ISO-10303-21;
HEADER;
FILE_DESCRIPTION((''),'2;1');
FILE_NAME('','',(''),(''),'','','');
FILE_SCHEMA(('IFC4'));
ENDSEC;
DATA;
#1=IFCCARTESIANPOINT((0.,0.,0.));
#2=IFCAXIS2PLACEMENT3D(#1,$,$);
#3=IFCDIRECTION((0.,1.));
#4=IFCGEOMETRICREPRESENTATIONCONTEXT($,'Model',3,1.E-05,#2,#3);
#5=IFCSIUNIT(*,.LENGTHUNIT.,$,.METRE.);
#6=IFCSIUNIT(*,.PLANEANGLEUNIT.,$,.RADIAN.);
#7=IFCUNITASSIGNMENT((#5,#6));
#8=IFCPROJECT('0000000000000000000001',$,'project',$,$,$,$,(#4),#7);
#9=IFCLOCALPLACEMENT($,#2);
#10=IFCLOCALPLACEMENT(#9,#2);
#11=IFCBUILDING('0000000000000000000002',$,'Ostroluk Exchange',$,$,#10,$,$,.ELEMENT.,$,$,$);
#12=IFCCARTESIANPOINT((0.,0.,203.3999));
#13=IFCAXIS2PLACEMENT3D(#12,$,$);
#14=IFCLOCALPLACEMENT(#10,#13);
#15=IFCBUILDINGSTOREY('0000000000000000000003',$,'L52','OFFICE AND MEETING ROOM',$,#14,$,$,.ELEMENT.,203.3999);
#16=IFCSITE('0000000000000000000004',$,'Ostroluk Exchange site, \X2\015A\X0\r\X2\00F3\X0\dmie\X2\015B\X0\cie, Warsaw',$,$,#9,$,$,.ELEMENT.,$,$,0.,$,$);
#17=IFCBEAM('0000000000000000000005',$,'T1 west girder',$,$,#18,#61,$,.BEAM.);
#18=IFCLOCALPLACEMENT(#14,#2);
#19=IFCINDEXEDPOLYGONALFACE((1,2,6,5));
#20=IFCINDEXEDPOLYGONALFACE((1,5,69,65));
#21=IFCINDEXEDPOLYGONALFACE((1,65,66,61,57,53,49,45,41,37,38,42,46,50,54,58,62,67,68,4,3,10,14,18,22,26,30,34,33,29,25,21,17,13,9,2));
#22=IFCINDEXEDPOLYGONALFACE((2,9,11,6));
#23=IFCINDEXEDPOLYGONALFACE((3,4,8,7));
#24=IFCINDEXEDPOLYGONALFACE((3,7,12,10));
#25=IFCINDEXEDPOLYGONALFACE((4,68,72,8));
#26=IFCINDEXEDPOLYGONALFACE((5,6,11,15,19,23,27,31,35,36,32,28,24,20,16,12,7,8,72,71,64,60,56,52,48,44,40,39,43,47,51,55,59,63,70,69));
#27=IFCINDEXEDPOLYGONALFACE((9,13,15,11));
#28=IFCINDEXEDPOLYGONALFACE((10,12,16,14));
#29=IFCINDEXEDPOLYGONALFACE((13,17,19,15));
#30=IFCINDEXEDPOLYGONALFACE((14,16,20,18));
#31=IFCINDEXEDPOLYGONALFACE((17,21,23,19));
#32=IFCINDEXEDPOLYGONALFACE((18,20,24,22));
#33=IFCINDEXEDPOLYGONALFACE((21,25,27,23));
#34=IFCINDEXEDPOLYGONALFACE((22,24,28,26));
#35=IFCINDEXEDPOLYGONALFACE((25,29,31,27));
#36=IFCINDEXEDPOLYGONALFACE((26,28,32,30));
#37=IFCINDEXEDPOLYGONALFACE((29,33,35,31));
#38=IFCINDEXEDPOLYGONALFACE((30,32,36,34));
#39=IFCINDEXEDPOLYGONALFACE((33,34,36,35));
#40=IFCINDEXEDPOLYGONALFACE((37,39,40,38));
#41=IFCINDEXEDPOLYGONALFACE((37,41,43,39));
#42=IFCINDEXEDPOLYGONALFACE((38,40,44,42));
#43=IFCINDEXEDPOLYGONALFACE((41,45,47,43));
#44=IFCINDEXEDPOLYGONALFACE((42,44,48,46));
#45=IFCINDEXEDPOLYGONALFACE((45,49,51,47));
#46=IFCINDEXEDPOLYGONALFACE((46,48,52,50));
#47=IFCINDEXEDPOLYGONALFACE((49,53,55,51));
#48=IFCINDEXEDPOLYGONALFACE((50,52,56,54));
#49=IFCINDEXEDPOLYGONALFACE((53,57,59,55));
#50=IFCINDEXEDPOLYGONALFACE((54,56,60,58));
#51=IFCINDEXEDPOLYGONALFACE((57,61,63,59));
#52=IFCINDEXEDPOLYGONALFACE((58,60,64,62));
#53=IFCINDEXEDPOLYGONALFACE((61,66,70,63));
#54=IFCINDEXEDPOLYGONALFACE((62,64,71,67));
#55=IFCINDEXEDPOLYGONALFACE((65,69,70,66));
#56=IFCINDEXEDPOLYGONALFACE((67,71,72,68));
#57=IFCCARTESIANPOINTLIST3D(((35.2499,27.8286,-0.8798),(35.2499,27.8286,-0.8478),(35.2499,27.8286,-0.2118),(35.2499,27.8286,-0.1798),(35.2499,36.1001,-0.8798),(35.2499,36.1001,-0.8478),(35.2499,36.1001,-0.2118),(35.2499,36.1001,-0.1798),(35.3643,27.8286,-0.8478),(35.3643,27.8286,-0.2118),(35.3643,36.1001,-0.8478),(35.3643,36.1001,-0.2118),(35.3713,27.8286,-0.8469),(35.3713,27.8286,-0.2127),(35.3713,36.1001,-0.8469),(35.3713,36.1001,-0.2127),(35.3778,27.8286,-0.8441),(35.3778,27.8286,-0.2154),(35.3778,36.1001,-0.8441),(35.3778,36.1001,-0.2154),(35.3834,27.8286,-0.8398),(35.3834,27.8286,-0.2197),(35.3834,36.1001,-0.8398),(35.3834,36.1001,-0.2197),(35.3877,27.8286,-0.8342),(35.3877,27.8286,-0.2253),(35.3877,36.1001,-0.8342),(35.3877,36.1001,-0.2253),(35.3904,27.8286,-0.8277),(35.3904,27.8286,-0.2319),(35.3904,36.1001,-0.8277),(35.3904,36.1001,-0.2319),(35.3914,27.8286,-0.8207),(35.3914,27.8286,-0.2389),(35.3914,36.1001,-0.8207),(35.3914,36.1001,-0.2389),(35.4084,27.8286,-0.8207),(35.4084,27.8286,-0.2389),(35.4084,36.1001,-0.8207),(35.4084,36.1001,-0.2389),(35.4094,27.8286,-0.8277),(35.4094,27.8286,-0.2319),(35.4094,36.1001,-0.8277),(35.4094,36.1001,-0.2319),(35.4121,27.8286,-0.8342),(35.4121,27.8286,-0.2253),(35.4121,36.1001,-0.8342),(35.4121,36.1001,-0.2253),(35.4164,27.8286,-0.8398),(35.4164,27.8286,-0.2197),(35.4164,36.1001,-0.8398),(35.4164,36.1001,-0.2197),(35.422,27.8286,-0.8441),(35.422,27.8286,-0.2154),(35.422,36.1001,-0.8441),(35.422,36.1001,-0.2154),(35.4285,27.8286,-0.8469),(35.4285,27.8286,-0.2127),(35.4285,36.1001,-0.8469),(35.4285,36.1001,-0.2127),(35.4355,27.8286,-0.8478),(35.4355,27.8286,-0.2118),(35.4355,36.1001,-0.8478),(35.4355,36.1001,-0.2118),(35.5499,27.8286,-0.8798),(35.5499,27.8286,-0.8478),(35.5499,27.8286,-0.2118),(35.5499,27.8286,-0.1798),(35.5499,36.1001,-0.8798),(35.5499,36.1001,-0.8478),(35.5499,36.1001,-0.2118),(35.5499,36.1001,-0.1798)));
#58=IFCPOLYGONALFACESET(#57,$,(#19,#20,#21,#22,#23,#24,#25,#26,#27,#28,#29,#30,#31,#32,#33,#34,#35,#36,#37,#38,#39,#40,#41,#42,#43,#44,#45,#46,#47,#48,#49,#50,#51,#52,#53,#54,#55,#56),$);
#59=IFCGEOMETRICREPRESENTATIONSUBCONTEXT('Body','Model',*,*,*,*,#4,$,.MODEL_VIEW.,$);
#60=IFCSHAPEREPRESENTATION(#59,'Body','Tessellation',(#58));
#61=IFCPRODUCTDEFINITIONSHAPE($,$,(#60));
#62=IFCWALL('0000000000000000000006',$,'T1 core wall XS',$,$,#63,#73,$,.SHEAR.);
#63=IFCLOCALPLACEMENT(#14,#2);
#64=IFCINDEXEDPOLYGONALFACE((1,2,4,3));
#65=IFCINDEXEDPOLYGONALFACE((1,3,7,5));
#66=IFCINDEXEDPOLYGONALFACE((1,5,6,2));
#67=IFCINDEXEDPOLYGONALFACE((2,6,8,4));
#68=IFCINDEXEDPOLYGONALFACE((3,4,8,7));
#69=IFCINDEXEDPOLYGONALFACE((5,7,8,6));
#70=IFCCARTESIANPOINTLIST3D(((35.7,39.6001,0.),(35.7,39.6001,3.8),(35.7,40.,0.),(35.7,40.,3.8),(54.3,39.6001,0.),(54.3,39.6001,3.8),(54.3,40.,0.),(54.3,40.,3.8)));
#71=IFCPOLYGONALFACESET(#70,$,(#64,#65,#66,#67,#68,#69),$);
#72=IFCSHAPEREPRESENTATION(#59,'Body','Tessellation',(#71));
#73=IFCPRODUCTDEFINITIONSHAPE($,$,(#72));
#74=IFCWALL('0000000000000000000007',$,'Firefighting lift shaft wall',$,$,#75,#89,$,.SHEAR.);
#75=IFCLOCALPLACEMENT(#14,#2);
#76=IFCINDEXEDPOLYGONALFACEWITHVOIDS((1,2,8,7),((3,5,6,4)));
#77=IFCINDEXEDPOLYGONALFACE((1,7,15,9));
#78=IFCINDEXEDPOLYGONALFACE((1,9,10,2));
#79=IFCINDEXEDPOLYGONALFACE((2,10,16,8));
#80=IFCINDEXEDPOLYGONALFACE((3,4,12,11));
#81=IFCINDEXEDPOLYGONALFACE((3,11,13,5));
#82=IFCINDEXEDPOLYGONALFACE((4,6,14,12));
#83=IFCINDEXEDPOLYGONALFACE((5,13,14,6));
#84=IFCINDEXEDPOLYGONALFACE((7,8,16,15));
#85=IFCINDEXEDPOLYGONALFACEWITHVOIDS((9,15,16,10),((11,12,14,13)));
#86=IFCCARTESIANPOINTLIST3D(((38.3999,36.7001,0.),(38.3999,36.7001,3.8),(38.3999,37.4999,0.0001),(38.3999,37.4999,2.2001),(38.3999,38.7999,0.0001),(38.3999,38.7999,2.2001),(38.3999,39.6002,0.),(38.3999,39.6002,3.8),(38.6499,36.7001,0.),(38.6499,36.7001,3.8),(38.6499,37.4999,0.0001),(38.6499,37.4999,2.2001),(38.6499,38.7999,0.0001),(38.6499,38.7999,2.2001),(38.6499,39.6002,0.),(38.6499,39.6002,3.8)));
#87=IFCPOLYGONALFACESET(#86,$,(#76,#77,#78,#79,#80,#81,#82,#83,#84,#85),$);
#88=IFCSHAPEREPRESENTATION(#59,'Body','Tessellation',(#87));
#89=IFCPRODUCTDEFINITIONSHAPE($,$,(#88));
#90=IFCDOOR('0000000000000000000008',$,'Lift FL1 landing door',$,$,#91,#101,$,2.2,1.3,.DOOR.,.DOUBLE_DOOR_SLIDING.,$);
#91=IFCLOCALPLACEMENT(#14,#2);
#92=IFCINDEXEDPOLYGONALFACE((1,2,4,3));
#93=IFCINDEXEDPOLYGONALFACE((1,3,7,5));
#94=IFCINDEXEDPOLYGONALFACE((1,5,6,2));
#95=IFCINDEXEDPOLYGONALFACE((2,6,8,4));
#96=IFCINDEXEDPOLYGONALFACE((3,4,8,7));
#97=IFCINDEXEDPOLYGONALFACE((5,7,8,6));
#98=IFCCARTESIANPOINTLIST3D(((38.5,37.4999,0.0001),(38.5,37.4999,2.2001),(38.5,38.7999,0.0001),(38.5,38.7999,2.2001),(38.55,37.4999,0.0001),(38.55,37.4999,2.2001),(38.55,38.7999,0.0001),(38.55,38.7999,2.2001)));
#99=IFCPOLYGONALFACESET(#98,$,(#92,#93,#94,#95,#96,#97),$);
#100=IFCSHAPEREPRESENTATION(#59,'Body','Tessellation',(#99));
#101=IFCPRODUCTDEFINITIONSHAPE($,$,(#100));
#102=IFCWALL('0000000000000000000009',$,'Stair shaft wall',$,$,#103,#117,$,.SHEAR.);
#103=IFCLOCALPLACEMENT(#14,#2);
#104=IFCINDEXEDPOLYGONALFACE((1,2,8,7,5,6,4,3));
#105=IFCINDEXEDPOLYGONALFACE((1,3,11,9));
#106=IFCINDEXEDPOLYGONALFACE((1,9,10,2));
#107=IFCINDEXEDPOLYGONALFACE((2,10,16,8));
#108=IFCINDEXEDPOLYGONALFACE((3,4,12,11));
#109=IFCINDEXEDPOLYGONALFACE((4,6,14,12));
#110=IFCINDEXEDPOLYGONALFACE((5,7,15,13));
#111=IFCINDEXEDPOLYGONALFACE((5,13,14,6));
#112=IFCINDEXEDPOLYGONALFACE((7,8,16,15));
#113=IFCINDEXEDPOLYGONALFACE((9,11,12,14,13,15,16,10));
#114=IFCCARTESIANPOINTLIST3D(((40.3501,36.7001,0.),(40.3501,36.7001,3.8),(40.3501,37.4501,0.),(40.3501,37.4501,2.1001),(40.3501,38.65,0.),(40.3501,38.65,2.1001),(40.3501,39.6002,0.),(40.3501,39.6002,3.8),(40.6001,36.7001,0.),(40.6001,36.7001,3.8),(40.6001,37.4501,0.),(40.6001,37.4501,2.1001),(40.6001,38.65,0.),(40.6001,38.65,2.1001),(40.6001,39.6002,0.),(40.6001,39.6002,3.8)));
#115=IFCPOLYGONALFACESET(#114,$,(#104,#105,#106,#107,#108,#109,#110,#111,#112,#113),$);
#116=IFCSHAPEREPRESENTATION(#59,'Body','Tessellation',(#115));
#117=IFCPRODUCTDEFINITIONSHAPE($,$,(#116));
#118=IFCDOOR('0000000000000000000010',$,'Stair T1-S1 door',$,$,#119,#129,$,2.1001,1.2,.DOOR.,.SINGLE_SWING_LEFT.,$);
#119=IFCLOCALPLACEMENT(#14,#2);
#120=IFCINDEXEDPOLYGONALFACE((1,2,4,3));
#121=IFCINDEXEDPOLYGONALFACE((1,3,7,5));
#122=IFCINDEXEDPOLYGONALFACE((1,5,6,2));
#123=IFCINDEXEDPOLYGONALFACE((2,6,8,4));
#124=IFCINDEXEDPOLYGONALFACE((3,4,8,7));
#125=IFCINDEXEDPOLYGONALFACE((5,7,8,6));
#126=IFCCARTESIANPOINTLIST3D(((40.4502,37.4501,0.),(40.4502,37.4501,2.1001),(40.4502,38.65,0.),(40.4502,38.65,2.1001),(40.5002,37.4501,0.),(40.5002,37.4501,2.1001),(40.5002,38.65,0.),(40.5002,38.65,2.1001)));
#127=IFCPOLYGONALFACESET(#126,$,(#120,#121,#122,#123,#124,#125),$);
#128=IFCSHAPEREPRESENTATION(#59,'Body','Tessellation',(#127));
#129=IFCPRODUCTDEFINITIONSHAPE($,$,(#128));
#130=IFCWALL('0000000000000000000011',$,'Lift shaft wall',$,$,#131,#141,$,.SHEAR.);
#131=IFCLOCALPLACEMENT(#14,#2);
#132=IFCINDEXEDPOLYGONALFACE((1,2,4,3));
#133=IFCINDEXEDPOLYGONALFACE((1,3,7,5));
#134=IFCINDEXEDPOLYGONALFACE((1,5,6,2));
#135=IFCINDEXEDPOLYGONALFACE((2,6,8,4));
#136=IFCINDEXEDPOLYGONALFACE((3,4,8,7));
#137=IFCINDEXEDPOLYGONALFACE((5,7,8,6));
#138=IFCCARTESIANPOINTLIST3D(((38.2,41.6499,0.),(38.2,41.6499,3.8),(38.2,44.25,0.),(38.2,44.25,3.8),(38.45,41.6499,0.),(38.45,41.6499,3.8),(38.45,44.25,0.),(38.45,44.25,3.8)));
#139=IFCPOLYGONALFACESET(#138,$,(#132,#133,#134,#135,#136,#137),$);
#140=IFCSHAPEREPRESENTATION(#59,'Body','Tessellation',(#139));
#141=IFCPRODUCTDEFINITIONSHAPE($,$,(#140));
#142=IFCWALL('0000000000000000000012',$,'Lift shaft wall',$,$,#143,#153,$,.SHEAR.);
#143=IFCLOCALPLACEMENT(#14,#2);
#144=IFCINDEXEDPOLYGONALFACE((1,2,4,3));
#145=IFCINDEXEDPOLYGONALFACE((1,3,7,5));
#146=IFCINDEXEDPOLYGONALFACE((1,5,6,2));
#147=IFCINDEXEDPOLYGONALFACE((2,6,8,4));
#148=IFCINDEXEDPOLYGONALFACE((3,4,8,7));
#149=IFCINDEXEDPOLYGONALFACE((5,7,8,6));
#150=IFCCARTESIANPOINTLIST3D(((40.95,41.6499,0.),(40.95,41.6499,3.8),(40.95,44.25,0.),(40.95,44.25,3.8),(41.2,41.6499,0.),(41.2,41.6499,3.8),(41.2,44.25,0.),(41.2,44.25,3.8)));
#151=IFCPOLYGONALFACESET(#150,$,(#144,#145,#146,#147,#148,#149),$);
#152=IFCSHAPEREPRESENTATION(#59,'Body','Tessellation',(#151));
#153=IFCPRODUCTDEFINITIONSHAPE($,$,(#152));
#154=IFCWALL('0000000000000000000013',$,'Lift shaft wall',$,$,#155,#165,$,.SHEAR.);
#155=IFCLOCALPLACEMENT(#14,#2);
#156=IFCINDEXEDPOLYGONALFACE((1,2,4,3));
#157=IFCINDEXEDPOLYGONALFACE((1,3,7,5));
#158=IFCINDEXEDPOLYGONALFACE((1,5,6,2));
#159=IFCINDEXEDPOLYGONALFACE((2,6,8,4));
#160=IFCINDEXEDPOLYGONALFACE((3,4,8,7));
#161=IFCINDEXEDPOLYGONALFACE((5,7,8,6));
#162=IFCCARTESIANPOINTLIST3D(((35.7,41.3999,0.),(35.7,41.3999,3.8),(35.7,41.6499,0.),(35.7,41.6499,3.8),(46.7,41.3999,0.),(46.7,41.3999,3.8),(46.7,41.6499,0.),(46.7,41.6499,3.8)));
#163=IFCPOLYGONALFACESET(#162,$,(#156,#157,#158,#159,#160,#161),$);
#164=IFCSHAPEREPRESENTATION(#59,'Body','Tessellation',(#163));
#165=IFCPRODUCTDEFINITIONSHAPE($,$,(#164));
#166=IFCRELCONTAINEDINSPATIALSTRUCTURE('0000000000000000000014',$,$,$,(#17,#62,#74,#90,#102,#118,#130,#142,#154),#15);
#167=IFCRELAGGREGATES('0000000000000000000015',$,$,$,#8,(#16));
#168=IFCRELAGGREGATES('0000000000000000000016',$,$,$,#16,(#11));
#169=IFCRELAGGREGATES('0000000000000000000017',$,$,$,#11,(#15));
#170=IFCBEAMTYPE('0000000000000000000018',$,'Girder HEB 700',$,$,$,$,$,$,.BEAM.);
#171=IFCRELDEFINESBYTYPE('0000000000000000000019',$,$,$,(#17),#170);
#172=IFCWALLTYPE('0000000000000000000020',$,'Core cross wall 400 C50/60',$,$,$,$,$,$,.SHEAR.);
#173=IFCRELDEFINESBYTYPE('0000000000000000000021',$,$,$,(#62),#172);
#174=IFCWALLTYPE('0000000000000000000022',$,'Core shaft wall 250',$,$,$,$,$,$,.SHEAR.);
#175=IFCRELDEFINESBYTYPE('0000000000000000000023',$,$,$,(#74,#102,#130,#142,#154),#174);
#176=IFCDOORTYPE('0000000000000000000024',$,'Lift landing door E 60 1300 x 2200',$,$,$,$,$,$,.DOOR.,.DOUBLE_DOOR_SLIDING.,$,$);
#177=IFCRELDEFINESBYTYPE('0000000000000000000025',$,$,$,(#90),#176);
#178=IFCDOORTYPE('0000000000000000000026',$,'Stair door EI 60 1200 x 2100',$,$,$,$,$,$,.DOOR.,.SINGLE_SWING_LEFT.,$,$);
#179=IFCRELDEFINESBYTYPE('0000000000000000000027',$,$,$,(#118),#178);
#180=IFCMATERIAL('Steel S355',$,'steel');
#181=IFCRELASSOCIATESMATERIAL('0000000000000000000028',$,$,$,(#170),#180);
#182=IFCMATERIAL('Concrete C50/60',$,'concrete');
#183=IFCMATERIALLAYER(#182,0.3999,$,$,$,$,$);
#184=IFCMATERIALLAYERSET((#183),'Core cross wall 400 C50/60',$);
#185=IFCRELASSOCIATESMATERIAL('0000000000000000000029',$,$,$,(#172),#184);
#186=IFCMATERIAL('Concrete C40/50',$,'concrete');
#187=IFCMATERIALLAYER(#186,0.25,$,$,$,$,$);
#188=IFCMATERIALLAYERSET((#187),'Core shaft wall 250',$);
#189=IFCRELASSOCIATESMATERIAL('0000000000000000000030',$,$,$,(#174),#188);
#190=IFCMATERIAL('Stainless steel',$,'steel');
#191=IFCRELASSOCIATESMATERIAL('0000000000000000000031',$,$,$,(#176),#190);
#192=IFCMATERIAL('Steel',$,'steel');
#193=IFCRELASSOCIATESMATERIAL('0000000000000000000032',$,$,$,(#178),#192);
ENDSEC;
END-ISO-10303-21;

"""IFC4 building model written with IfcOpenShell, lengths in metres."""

from ifc_helpers import new_model, si_unit, direction, frame, frame_2d, origin, origin_2d, place, context, subcontext, project, spatial, rectangle, i_section, extrude, material, layer, layer_set, material_profile, profile_set, type_object, element, fill, save


model = new_model("IFC4")

# Units and contexts
model_context = context("Model", 3, precision=1e-05, world=origin(), true_north=direction((0.0, 1.0)))
body_context = subcontext(model_context, "Body", "Model", "MODEL_VIEW")
ifc_project = project(units=[si_unit("LENGTHUNIT", "METRE"), si_unit("PLANEANGLEUNIT", "RADIAN")], contexts=[model_context])

# Site, building, storey
site_placement = place(None, origin())
site = spatial("IfcSite", under=ifc_project, at=site_placement, Name="Ostroluk Exchange site, Śródmieście, Warsaw", CompositionType="ELEMENT", RefElevation=0.0)
building_placement = place(site_placement, origin())
building = spatial("IfcBuilding", under=site, at=building_placement, Name="Ostroluk Exchange", CompositionType="ELEMENT")
storey_placement = place(building_placement, frame((0.0, 0.0, 203.3999)))
storey = spatial("IfcBuildingStorey", under=building, at=storey_placement, Name="L52", Description="OFFICE AND MEETING ROOM", CompositionType="ELEMENT", Elevation=203.3999)

# Beam
ifc_material_1 = material(Name="Steel S355", Category="steel")
ifc_material_profile_1 = material_profile(ifc_material_1, i_section(OverallWidth=0.3, OverallDepth=0.7, WebThickness=0.0171, FlangeThickness=0.032, FilletRadius=0.0271, at=origin_2d()), Name="HEB 700")
ifc_profile_set_1 = profile_set([ifc_material_profile_1], Name="Steel S355")
beam_type_1 = type_object("IfcBeamType", Name="Girder HEB 700", PredefinedType="BEAM", material=ifc_profile_set_1)
beam_1_placement = place(storey_placement, frame((35.3999, 36.1001, -0.5298), z_axis=(0.0, -1.0, 0.0), x_axis=(1.0, 0.0, 0.0)))
element("IfcBeam", 1, at=beam_1_placement, inside=storey, type_object=beam_type_1, Name="T1 west girder", PredefinedType="BEAM", context=body_context, shape_type="SweptSolid", body=[
    extrude(i_section(OverallWidth=0.3, OverallDepth=0.7, WebThickness=0.0171, FlangeThickness=0.032, FilletRadius=0.0271, at=origin_2d()), origin(), (0.0, 0.0, 1.0), 8.2715),
])

# Wall
ifc_material_2 = material(Name="Concrete C50/60", Category="concrete")
ifc_layer_1 = layer(ifc_material_2, 0.3999)
ifc_layer_set_1 = layer_set([ifc_layer_1], Name="Core cross wall 400 C50/60")
wall_type_1 = type_object("IfcWallType", Name="Core cross wall 400 C50/60", PredefinedType="SHEAR", material=ifc_layer_set_1)
wall_1_placement = place(storey_placement, frame((35.7, 39.8, 0.0), z_axis=(0.0, 0.0, 1.0), x_axis=(1.0, 0.0, 0.0)))
element("IfcWall", 2, at=wall_1_placement, inside=storey, type_object=wall_type_1, Name="T1 core wall XS", PredefinedType="SHEAR", context=body_context, shape_type="SweptSolid", body=[
    extrude(rectangle(XDim=18.6001, YDim=0.3999, at=frame_2d((9.3, 0.0))), origin(), (0.0, 0.0, 1.0), 3.8),
])

# Walls, openings, doors
ifc_material_3 = material(Name="Concrete C40/50", Category="concrete")
ifc_layer_2 = layer(ifc_material_3, 0.25)
ifc_layer_set_2 = layer_set([ifc_layer_2], Name="Core shaft wall 250")
wall_type_2 = type_object("IfcWallType", Name="Core shaft wall 250", PredefinedType="SHEAR", material=ifc_layer_set_2)
wall_2_placement = place(storey_placement, frame((38.5249, 36.7, 0.0), z_axis=(0.0, 0.0, 1.0), x_axis=(0.0, 1.0, 0.0)))
wall_2 = element("IfcWall", 3, at=wall_2_placement, inside=storey, type_object=wall_type_2, Name="Firefighting lift shaft wall", PredefinedType="SHEAR", context=body_context, shape_type="SweptSolid", body=[
    extrude(rectangle(XDim=2.9001, YDim=0.25, at=frame_2d((1.4502, 0.0))), origin(), (0.0, 0.0, 1.0), 3.8),
])
opening_1_placement = place(wall_2_placement, frame((0.8, 0.0, 0.0)))
opening_1 = element("IfcOpeningElement", 4, at=opening_1_placement, cuts=wall_2, PredefinedType="OPENING", context=body_context, shape_type="SweptSolid", body=[
    extrude(rectangle(XDim=1.3, YDim=2.2, at=frame_2d((0.6499, 1.1001))), frame((0.0, 0.135, 0.0), z_axis=(0.0, -1.0, 0.0), x_axis=(1.0, 0.0, 0.0)), (0.0, 0.0, 1.0), 0.27),
])
ifc_material_4 = material(Name="Stainless steel", Category="steel")
door_type_1 = type_object("IfcDoorType", Name="Lift landing door E 60 1300 x 2200", OperationType="DOUBLE_DOOR_SLIDING", PredefinedType="DOOR", material=ifc_material_4)
door_1_placement = place(opening_1_placement, origin())
door_1 = element("IfcDoor", 5, at=door_1_placement, inside=storey, type_object=door_type_1, Name="Lift FL1 landing door", OperationType="DOUBLE_DOOR_SLIDING", OverallHeight=2.2, OverallWidth=1.3, PredefinedType="DOOR", context=body_context, shape_type="SweptSolid", body=[
    extrude(rectangle(XDim=1.3, YDim=2.2, at=frame_2d((0.6499, 1.1001))), frame((0.0, 0.0249, 0.0), z_axis=(0.0, -1.0, 0.0), x_axis=(1.0, 0.0, 0.0)), (0.0, 0.0, 1.0), 0.05),
])
fill(opening_1, door_1)
wall_3_placement = place(storey_placement, frame((40.4751, 36.7, 0.0), z_axis=(0.0, 0.0, 1.0), x_axis=(0.0, 1.0, 0.0)))
wall_3 = element("IfcWall", 6, at=wall_3_placement, inside=storey, type_object=wall_type_2, Name="Stair shaft wall", PredefinedType="SHEAR", context=body_context, shape_type="SweptSolid", body=[
    extrude(rectangle(XDim=2.9001, YDim=0.25, at=frame_2d((1.4502, 0.0))), origin(), (0.0, 0.0, 1.0), 3.8),
])
opening_2_placement = place(wall_3_placement, frame((0.75, 0.0, 0.0)))
opening_2 = element("IfcOpeningElement", 7, at=opening_2_placement, cuts=wall_3, PredefinedType="OPENING", context=body_context, shape_type="SweptSolid", body=[
    extrude(rectangle(XDim=1.2, YDim=2.1001, at=frame_2d((0.6001, 1.05))), frame((0.0, 0.135, 0.0), z_axis=(0.0, -1.0, 0.0), x_axis=(1.0, 0.0, 0.0)), (0.0, 0.0, 1.0), 0.27),
])
ifc_material_5 = material(Name="Steel", Category="steel")
door_type_2 = type_object("IfcDoorType", Name="Stair door EI 60 1200 x 2100", OperationType="SINGLE_SWING_LEFT", PredefinedType="DOOR", material=ifc_material_5)
door_2_placement = place(opening_2_placement, origin())
door_2 = element("IfcDoor", 8, at=door_2_placement, inside=storey, type_object=door_type_2, Name="Stair T1-S1 door", OperationType="SINGLE_SWING_LEFT", OverallHeight=2.1001, OverallWidth=1.2, PredefinedType="DOOR", context=body_context, shape_type="SweptSolid", body=[
    extrude(rectangle(XDim=1.2, YDim=2.1001, at=frame_2d((0.6001, 1.05))), frame((0.0, 0.0249, 0.0), z_axis=(0.0, -1.0, 0.0), x_axis=(1.0, 0.0, 0.0)), (0.0, 0.0, 1.0), 0.05),
])
fill(opening_2, door_2)

# Walls
for number, where, z_axis, x_axis, name in (
    (9, (38.325, 44.25, 0.0), (0.0, 0.0, 1.0), (0.0, -1.0, 0.0), "Lift shaft wall"),
    (10, (41.075, 44.25, 0.0), (0.0, 0.0, 1.0), (0.0, -1.0, 0.0), "Lift shaft wall"),
):
    element("IfcWall", number, at=place(storey_placement, frame(where, z_axis=z_axis, x_axis=x_axis)), inside=storey, type_object=wall_type_2, Name=name, PredefinedType="SHEAR", context=body_context, shape_type="SweptSolid", body=[
        extrude(rectangle(XDim=2.6001, YDim=0.25, at=frame_2d((1.3, 0.0))), origin(), (0.0, 0.0, 1.0), 3.8),
    ])
wall_4_placement = place(storey_placement, frame((35.7, 41.5249, 0.0), z_axis=(0.0, 0.0, 1.0), x_axis=(1.0, 0.0, 0.0)))
element("IfcWall", 11, at=wall_4_placement, inside=storey, type_object=wall_type_2, Name="Lift shaft wall", PredefinedType="SHEAR", context=body_context, shape_type="SweptSolid", body=[
    extrude(rectangle(XDim=11.0, YDim=0.25, at=frame_2d((5.5, 0.0))), origin(), (0.0, 0.0, 1.0), 3.8),
])

save(model, "model.ifc")
